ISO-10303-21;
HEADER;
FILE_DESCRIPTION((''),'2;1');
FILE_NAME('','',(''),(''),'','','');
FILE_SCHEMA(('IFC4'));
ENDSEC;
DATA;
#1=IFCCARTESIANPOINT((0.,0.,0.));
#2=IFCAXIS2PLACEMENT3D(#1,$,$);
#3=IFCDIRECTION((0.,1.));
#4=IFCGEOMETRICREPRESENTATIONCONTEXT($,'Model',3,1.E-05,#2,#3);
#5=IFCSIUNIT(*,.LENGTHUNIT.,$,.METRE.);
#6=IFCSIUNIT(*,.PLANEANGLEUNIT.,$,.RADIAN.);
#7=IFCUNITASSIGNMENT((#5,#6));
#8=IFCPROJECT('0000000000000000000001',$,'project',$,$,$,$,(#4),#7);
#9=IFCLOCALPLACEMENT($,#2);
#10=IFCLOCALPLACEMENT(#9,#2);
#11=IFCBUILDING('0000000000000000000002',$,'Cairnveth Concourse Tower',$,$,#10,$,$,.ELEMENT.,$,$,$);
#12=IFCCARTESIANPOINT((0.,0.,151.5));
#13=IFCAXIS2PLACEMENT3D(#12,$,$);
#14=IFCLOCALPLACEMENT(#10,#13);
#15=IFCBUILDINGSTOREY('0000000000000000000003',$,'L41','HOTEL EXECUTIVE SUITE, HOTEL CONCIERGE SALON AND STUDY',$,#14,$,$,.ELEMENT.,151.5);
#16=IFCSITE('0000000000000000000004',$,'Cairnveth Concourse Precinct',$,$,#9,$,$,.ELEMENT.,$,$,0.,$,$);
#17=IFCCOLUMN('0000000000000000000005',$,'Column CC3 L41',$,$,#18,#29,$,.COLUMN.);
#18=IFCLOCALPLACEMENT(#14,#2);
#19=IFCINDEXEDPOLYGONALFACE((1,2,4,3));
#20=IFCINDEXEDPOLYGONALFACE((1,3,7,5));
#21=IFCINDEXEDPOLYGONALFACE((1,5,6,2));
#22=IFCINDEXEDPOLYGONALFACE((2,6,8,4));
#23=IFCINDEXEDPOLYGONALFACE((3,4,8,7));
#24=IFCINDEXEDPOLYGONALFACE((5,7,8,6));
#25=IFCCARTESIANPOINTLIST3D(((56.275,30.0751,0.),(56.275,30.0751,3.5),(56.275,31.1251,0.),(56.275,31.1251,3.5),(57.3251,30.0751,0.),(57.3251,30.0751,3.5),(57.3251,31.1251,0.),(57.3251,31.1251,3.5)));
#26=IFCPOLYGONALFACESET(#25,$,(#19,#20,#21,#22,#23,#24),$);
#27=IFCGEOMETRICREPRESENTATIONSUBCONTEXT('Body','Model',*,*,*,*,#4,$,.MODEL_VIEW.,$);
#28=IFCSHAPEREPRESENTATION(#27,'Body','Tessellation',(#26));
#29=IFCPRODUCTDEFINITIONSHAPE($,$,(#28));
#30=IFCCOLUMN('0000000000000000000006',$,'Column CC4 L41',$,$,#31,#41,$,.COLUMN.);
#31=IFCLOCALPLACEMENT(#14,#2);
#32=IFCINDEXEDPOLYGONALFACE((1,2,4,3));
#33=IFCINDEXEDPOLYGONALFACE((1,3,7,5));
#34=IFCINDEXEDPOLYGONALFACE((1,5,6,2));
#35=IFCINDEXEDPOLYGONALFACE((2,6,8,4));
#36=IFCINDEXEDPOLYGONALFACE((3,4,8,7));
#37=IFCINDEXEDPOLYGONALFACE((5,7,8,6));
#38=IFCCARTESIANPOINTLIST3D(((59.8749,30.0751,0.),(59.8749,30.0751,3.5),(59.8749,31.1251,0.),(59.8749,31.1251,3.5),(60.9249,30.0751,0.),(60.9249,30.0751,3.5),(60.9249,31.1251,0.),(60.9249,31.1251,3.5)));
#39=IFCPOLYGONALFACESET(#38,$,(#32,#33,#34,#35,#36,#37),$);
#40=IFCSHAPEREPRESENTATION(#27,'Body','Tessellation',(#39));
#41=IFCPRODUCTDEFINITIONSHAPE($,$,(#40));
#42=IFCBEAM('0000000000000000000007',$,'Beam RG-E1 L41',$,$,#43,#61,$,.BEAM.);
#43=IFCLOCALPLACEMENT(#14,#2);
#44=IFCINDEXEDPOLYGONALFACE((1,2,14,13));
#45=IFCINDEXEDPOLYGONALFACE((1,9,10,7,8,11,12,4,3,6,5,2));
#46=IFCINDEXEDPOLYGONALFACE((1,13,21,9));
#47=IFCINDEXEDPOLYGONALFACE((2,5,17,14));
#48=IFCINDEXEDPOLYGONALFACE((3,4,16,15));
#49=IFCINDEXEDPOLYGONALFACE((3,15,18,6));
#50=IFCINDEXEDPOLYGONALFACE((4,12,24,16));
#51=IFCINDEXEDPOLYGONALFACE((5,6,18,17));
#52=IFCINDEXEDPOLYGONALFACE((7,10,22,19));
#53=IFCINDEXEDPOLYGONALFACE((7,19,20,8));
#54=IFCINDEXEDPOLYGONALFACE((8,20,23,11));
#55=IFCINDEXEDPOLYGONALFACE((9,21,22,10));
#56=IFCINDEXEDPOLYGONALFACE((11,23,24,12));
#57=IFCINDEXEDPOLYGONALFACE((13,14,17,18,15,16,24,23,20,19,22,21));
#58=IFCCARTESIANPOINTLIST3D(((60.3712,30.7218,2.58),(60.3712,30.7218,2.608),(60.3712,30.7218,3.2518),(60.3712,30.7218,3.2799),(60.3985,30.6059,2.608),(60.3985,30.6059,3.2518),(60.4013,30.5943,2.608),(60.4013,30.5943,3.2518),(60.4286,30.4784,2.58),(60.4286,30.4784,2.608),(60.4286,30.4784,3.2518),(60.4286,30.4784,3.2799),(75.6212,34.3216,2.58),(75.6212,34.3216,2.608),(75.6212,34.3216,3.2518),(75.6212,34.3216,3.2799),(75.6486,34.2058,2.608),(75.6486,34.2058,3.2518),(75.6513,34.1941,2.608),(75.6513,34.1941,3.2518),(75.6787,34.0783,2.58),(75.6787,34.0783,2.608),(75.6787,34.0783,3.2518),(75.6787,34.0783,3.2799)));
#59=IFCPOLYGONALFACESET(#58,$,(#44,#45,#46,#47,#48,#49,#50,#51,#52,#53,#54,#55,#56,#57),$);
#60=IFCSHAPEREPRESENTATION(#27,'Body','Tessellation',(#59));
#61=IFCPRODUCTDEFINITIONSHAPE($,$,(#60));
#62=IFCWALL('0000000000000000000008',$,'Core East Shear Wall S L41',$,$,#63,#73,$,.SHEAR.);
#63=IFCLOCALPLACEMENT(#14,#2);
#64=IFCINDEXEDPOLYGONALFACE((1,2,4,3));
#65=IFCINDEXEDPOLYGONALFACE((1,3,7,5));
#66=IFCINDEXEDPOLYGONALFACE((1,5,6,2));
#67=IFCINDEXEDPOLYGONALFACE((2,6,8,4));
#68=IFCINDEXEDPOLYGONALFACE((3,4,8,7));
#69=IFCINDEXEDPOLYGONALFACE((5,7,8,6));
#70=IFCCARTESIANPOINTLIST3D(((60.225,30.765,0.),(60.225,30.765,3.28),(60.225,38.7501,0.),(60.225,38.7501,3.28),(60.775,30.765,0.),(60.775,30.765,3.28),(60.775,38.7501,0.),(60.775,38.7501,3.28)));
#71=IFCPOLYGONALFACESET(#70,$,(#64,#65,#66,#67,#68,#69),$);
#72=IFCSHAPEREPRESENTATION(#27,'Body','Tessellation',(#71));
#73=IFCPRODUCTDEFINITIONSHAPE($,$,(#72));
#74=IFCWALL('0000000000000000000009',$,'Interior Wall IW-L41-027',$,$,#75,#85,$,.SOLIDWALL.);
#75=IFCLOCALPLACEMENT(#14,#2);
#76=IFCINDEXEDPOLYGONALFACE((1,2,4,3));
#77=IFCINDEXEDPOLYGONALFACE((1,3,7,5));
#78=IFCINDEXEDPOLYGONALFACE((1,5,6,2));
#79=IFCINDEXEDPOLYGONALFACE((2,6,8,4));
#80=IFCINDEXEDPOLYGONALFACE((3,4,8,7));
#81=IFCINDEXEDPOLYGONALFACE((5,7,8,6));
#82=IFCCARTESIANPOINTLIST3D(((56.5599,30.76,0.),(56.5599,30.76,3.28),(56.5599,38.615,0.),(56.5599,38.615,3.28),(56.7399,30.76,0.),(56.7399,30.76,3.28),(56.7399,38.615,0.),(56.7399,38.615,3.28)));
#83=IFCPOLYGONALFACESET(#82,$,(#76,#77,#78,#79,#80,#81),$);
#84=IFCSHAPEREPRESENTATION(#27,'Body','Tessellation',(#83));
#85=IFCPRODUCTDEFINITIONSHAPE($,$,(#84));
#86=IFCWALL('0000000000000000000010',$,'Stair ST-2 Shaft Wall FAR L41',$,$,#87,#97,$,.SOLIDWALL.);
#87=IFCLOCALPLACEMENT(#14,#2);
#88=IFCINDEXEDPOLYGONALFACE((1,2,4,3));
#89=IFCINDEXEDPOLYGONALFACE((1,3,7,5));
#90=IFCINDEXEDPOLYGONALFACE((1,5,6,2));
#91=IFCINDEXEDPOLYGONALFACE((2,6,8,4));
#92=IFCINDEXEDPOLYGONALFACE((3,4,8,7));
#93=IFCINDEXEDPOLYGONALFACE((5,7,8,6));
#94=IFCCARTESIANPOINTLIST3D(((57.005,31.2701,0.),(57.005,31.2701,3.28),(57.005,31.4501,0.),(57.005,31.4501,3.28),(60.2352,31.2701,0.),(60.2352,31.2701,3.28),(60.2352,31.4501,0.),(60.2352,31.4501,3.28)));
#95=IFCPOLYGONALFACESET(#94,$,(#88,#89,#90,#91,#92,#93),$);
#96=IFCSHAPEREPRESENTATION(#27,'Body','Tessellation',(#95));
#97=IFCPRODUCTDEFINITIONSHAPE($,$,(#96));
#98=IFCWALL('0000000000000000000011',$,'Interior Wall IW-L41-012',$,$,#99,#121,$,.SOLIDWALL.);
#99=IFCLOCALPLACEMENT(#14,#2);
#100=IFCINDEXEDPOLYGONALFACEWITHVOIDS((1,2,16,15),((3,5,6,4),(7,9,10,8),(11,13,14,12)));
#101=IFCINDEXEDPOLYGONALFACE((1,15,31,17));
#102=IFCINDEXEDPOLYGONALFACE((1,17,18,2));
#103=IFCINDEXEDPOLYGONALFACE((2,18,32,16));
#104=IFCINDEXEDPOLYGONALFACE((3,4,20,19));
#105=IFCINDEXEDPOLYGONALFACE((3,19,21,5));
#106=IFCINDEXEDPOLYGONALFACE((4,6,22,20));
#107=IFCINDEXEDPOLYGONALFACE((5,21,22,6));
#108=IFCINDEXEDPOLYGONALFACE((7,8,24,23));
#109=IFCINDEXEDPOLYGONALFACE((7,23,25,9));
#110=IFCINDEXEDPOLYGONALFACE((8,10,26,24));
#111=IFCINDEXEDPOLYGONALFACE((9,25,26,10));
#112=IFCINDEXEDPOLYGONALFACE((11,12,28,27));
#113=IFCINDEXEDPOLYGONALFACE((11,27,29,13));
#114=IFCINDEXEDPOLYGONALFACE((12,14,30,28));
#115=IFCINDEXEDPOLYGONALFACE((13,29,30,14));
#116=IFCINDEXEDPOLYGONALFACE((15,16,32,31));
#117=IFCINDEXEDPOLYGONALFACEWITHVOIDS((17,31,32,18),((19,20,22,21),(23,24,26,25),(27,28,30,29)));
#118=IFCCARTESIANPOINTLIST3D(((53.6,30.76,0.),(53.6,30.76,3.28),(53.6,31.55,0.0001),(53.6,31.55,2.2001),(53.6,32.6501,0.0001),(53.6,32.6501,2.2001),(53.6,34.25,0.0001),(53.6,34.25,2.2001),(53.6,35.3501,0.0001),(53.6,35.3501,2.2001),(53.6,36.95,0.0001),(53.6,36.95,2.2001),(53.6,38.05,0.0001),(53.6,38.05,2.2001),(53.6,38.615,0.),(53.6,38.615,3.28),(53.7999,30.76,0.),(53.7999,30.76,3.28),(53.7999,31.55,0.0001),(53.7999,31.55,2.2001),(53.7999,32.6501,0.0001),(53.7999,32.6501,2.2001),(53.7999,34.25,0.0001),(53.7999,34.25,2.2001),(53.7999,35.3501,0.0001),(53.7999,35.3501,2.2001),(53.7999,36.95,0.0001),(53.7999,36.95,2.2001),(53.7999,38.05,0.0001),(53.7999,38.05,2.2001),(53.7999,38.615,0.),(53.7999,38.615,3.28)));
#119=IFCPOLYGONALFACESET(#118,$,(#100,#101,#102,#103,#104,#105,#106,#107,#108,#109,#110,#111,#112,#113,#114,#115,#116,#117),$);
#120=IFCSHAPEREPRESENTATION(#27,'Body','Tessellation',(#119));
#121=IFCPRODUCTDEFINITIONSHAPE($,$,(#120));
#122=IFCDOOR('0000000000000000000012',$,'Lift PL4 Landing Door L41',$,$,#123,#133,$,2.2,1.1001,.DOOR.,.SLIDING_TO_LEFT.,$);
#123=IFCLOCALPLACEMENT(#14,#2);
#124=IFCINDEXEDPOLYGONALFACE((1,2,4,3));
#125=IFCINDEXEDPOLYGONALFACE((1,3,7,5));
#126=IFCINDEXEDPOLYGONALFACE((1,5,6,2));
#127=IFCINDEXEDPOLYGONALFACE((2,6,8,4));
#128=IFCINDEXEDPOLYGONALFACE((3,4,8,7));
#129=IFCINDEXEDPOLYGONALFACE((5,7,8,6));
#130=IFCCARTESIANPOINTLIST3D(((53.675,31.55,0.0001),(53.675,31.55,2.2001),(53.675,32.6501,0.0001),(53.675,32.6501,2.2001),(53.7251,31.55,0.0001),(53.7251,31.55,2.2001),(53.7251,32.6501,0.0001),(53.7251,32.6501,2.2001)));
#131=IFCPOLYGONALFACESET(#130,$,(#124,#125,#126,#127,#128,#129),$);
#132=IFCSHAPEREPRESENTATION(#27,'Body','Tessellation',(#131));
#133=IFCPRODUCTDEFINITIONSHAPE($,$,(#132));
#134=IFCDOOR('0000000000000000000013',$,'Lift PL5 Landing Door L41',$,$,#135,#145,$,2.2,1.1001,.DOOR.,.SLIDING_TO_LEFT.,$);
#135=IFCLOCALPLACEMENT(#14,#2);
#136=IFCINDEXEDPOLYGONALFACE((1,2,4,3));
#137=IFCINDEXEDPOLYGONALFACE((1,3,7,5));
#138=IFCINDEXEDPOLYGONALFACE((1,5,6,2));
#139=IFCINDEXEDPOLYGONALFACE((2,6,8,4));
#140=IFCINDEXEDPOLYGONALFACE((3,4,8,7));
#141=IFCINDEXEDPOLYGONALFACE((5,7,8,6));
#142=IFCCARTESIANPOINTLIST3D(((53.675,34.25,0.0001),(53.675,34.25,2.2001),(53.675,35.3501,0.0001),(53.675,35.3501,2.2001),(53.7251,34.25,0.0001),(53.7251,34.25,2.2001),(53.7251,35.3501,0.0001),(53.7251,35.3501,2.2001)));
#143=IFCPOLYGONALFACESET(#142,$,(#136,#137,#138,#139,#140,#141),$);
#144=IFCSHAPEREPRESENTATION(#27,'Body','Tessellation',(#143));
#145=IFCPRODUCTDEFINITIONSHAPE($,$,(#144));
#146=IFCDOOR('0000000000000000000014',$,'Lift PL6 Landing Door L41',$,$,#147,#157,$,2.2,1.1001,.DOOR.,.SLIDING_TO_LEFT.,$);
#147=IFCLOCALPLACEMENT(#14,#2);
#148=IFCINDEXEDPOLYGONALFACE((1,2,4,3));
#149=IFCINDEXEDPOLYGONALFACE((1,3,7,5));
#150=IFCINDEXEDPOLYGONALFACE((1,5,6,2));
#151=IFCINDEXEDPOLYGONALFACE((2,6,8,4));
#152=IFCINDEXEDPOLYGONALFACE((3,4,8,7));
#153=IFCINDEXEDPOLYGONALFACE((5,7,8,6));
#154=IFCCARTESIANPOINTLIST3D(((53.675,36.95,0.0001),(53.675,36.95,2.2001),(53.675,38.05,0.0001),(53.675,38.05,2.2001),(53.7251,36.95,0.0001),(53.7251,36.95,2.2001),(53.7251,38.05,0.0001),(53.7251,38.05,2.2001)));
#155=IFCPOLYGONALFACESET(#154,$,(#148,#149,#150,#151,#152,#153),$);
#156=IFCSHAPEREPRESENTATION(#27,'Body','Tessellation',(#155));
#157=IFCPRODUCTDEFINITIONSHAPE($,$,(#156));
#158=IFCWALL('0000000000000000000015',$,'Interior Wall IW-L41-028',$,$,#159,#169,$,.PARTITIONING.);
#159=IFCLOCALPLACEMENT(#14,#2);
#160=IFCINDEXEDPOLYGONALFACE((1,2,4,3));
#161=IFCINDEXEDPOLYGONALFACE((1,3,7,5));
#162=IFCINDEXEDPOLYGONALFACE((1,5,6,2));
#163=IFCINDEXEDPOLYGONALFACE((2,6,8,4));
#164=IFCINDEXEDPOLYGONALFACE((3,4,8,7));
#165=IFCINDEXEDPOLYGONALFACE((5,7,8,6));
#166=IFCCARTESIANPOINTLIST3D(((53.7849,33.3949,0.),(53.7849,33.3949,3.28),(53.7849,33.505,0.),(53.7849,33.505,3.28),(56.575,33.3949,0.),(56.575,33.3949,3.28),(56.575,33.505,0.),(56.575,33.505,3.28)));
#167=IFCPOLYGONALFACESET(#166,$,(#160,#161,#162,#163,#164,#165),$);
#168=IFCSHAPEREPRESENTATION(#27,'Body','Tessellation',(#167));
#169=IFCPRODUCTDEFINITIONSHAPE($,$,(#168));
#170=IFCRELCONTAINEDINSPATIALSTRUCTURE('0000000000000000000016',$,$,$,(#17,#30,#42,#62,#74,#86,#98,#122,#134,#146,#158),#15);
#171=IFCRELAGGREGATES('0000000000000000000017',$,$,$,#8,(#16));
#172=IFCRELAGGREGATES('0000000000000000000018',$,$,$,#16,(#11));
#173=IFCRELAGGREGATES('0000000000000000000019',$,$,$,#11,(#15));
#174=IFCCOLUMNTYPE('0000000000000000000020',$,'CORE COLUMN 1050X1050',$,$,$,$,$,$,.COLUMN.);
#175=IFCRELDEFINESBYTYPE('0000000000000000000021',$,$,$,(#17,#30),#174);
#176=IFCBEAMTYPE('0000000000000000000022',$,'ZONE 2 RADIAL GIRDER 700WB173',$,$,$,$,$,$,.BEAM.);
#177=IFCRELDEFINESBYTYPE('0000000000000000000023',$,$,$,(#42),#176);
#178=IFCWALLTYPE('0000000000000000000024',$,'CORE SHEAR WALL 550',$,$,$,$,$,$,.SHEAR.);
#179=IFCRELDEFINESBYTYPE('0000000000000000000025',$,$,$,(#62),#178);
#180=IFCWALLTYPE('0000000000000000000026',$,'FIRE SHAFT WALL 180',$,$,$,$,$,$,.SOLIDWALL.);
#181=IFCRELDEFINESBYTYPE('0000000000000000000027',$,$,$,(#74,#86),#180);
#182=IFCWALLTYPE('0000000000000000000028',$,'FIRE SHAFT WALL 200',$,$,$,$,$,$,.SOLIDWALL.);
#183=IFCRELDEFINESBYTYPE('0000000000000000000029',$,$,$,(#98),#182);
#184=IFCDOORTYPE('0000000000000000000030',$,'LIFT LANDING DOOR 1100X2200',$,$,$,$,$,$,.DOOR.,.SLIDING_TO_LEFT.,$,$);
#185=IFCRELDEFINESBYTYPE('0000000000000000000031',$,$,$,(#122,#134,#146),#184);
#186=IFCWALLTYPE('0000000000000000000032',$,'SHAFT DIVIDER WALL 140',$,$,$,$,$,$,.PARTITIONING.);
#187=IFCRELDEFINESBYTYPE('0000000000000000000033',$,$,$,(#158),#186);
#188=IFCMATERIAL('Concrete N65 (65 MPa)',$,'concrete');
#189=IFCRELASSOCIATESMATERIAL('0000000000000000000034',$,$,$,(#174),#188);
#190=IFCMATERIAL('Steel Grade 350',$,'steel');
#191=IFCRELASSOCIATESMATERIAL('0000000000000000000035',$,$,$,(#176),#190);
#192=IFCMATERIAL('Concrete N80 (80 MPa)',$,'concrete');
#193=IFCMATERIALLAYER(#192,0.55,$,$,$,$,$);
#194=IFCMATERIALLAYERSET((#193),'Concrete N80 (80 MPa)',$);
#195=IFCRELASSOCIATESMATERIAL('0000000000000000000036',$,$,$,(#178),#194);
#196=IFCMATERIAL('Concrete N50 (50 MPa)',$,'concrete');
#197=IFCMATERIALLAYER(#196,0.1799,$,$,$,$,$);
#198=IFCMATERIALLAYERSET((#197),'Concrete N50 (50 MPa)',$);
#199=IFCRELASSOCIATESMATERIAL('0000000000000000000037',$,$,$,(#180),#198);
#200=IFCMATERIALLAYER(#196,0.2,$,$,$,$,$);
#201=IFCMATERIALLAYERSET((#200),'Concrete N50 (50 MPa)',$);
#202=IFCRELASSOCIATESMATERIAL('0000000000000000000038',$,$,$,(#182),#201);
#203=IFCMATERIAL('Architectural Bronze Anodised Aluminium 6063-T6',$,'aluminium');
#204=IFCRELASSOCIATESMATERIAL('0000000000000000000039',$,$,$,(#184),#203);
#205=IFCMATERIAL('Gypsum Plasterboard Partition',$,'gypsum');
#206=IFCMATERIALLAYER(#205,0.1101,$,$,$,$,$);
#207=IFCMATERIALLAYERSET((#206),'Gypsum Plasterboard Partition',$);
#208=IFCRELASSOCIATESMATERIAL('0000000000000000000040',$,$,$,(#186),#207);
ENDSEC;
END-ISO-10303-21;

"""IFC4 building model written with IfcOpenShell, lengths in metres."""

from ifc_helpers import new_model, si_unit, direction, frame, frame_2d, origin, origin_2d, place, context, subcontext, project, spatial, rectangle, i_section, extrude, material, layer, layer_set, material_profile, profile_set, type_object, element, fill, save


model = new_model("IFC4")

# Units and contexts
model_context = context("Model", 3, precision=1e-05, world=origin(), true_north=direction((0.0, 1.0)))
body_context = subcontext(model_context, "Body", "Model", "MODEL_VIEW")
ifc_project = project(units=[si_unit("LENGTHUNIT", "METRE"), si_unit("PLANEANGLEUNIT", "RADIAN")], contexts=[model_context])

# Site, building, storey
site_placement = place(None, origin())
site = spatial("IfcSite", under=ifc_project, at=site_placement, Name="Cairnveth Concourse Precinct", CompositionType="ELEMENT", RefElevation=0.0)
building_placement = place(site_placement, origin())
building = spatial("IfcBuilding", under=site, at=building_placement, Name="Cairnveth Concourse Tower", CompositionType="ELEMENT")
storey_placement = place(building_placement, frame((0.0, 0.0, 151.5)))
storey = spatial("IfcBuildingStorey", under=building, at=storey_placement, Name="L41", Description="HOTEL EXECUTIVE SUITE, HOTEL CONCIERGE SALON AND STUDY", CompositionType="ELEMENT", Elevation=151.5)

# Columns
ifc_material_1 = material(Name="Concrete N65 (65 MPa)", Category="concrete")
ifc_material_profile_1 = material_profile(ifc_material_1, rectangle(XDim=1.05, YDim=1.05, at=origin_2d()), Name="RC-COL-1050x1050")
ifc_profile_set_1 = profile_set([ifc_material_profile_1], Name="Concrete N65 (65 MPa)")
column_type = type_object("IfcColumnType", Name="CORE COLUMN 1050X1050", PredefinedType="COLUMN", material=ifc_profile_set_1)
for number, where, z_axis, x_axis, name in (
    (1, (56.8, 30.6001, 0.0), (0.0, 0.0, 1.0), (1.0, 0.0, 0.0), "Column CC3 L41"),
    (2, (60.3999, 30.6001, 0.0), (0.0, 0.0, 1.0), (1.0, 0.0, 0.0), "Column CC4 L41"),
):
    element("IfcColumn", number, at=place(storey_placement, frame(where, z_axis=z_axis, x_axis=x_axis)), inside=storey, type_object=column_type, Name=name, PredefinedType="COLUMN", context=body_context, shape_type="SweptSolid", body=[
        extrude(rectangle(XDim=1.05, YDim=1.05, at=origin_2d()), origin(), (0.0, 0.0, 1.0), 3.5),
    ])

# Beam
ifc_material_2 = material(Name="Steel Grade 350", Category="steel")
ifc_material_profile_2 = material_profile(ifc_material_2, i_section(OverallWidth=0.25, OverallDepth=0.7, WebThickness=0.012, FlangeThickness=0.0281, at=origin_2d()), Name="700WB173")
ifc_profile_set_2 = profile_set([ifc_material_profile_2], Name="Steel Grade 350")
beam_type = type_object("IfcBeamType", Name="ZONE 2 RADIAL GIRDER 700WB173", PredefinedType="BEAM", material=ifc_profile_set_2)
beam_placement = place(storey_placement, frame((60.3999, 30.6001, 2.9299), z_axis=(0.973252, 0.229742, 0.0), x_axis=(-0.229742, 0.973252, 0.0)))
element("IfcBeam", 3, at=beam_placement, inside=storey, type_object=beam_type, Name="Beam RG-E1 L41", PredefinedType="BEAM", context=body_context, shape_type="SweptSolid", body=[
    extrude(i_section(OverallWidth=0.25, OverallDepth=0.7, WebThickness=0.012, FlangeThickness=0.0281, at=origin_2d()), origin(), (0.0, 0.0, 1.0), 15.6692),
])

# Walls
ifc_material_3 = material(Name="Concrete N80 (80 MPa)", Category="concrete")
ifc_layer_1 = layer(ifc_material_3, 0.55)
ifc_layer_set_1 = layer_set([ifc_layer_1], Name="Concrete N80 (80 MPa)")
wall_type_1 = type_object("IfcWallType", Name="CORE SHEAR WALL 550", PredefinedType="SHEAR", material=ifc_layer_set_1)
wall_1_placement = place(storey_placement, frame((60.5, 30.7649, 0.0), z_axis=(0.0, 0.0, 1.0), x_axis=(0.0, 1.0, 0.0)))
element("IfcWall", 4, at=wall_1_placement, inside=storey, type_object=wall_type_1, Name="Core East Shear Wall S L41", PredefinedType="SHEAR", context=body_context, shape_type="SweptSolid", body=[
    extrude(rectangle(XDim=7.9851, YDim=0.55, at=frame_2d((3.9927, 0.0))), origin(), (0.0, 0.0, 1.0), 3.28),
])
ifc_material_4 = material(Name="Concrete N50 (50 MPa)", Category="concrete")
ifc_layer_2 = layer(ifc_material_4, 0.1799)
ifc_layer_set_2 = layer_set([ifc_layer_2], Name="Concrete N50 (50 MPa)")
wall_type_2 = type_object("IfcWallType", Name="FIRE SHAFT WALL 180", PredefinedType="SOLIDWALL", material=ifc_layer_set_2)
wall_2_placement = place(storey_placement, frame((56.6499, 30.76, 0.0), z_axis=(0.0, 0.0, 1.0), x_axis=(0.0, 1.0, 0.0)))
element("IfcWall", 5, at=wall_2_placement, inside=storey, type_object=wall_type_2, Name="Interior Wall IW-L41-027", PredefinedType="SOLIDWALL", context=body_context, shape_type="SweptSolid", body=[
    extrude(rectangle(XDim=7.855, YDim=0.1799, at=frame_2d((3.9275, 0.0))), origin(), (0.0, 0.0, 1.0), 3.28),
])
wall_3_placement = place(storey_placement, frame((57.0049, 31.3601, 0.0), z_axis=(0.0, 0.0, 1.0), x_axis=(1.0, 0.0, 0.0)))
element("IfcWall", 6, at=wall_3_placement, inside=storey, type_object=wall_type_2, Name="Stair ST-2 Shaft Wall FAR L41", PredefinedType="SOLIDWALL", context=body_context, shape_type="SweptSolid", body=[
    extrude(rectangle(XDim=3.2302, YDim=0.1799, at=frame_2d((1.6152, 0.0))), origin(), (0.0, 0.0, 1.0), 3.28),
])

# Wall, openings, doors
ifc_layer_3 = layer(ifc_material_4, 0.2)
ifc_layer_set_3 = layer_set([ifc_layer_3], Name="Concrete N50 (50 MPa)")
wall_type_3 = type_object("IfcWallType", Name="FIRE SHAFT WALL 200", PredefinedType="SOLIDWALL", material=ifc_layer_set_3)
wall_4_placement = place(storey_placement, frame((53.7, 30.76, 0.0), z_axis=(0.0, 0.0, 1.0), x_axis=(0.0, 1.0, 0.0)))
wall_4 = element("IfcWall", 7, at=wall_4_placement, inside=storey, type_object=wall_type_3, Name="Interior Wall IW-L41-012", PredefinedType="SOLIDWALL", context=body_context, shape_type="SweptSolid", body=[
    extrude(rectangle(XDim=7.855, YDim=0.2, at=frame_2d((3.9275, 0.0))), origin(), (0.0, 0.0, 1.0), 3.28),
])
opening_1_placement = place(wall_4_placement, frame((0.79, 0.0, 0.0)))
opening_1 = element("IfcOpeningElement", 8, at=opening_1_placement, cuts=wall_4, PredefinedType="OPENING", context=body_context, shape_type="SweptSolid", body=[
    extrude(rectangle(XDim=1.1001, YDim=2.2, at=frame_2d((0.55, 1.1001))), frame((0.0, 0.1099, 0.0), z_axis=(0.0, -1.0, 0.0), x_axis=(1.0, 0.0, 0.0)), (0.0, 0.0, 1.0), 0.22),
])
opening_2_placement = place(wall_4_placement, frame((3.49, 0.0, 0.0)))
opening_2 = element("IfcOpeningElement", 9, at=opening_2_placement, cuts=wall_4, PredefinedType="OPENING", context=body_context, shape_type="SweptSolid", body=[
    extrude(rectangle(XDim=1.1001, YDim=2.2, at=frame_2d((0.55, 1.1001))), frame((0.0, 0.1099, 0.0), z_axis=(0.0, -1.0, 0.0), x_axis=(1.0, 0.0, 0.0)), (0.0, 0.0, 1.0), 0.22),
])
opening_3_placement = place(wall_4_placement, frame((6.1899, 0.0, 0.0)))
opening_3 = element("IfcOpeningElement", 10, at=opening_3_placement, cuts=wall_4, PredefinedType="OPENING", context=body_context, shape_type="SweptSolid", body=[
    extrude(rectangle(XDim=1.1001, YDim=2.2, at=frame_2d((0.55, 1.1001))), frame((0.0, 0.1099, 0.0), z_axis=(0.0, -1.0, 0.0), x_axis=(1.0, 0.0, 0.0)), (0.0, 0.0, 1.0), 0.22),
])
ifc_material_5 = material(Name="Architectural Bronze Anodised Aluminium 6063-T6", Category="aluminium")
door_type_1 = type_object("IfcDoorType", Name="LIFT LANDING DOOR 1100X2200", OperationType="SLIDING_TO_LEFT", PredefinedType="DOOR", material=ifc_material_5)
door_1_placement = place(opening_1_placement, origin())
door_1 = element("IfcDoor", 11, at=door_1_placement, inside=storey, type_object=door_type_1, Name="Lift PL4 Landing Door L41", OperationType="SLIDING_TO_LEFT", OverallHeight=2.2, OverallWidth=1.1001, PredefinedType="DOOR", context=body_context, shape_type="SweptSolid", body=[
    extrude(rectangle(XDim=1.1001, YDim=2.2, at=frame_2d((0.55, 1.1001))), frame((0.0, 0.0249, 0.0), z_axis=(0.0, -1.0, 0.0), x_axis=(1.0, 0.0, 0.0)), (0.0, 0.0, 1.0), 0.05),
])
fill(opening_1, door_1)
door_2_placement = place(opening_2_placement, origin())
door_2 = element("IfcDoor", 12, at=door_2_placement, inside=storey, type_object=door_type_1, Name="Lift PL5 Landing Door L41", OperationType="SLIDING_TO_LEFT", OverallHeight=2.2, OverallWidth=1.1001, PredefinedType="DOOR", context=body_context, shape_type="SweptSolid", body=[
    extrude(rectangle(XDim=1.1001, YDim=2.2, at=frame_2d((0.55, 1.1001))), frame((0.0, 0.0249, 0.0), z_axis=(0.0, -1.0, 0.0), x_axis=(1.0, 0.0, 0.0)), (0.0, 0.0, 1.0), 0.05),
])
fill(opening_2, door_2)
door_3_placement = place(opening_3_placement, origin())
door_3 = element("IfcDoor", 13, at=door_3_placement, inside=storey, type_object=door_type_1, Name="Lift PL6 Landing Door L41", OperationType="SLIDING_TO_LEFT", OverallHeight=2.2, OverallWidth=1.1001, PredefinedType="DOOR", context=body_context, shape_type="SweptSolid", body=[
    extrude(rectangle(XDim=1.1001, YDim=2.2, at=frame_2d((0.55, 1.1001))), frame((0.0, 0.0249, 0.0), z_axis=(0.0, -1.0, 0.0), x_axis=(1.0, 0.0, 0.0)), (0.0, 0.0, 1.0), 0.05),
])
fill(opening_3, door_3)

# Wall
ifc_material_6 = material(Name="Gypsum Plasterboard Partition", Category="gypsum")
ifc_layer_4 = layer(ifc_material_6, 0.1101)
ifc_layer_set_4 = layer_set([ifc_layer_4], Name="Gypsum Plasterboard Partition")
wall_type_4 = type_object("IfcWallType", Name="SHAFT DIVIDER WALL 140", PredefinedType="PARTITIONING", material=ifc_layer_set_4)
wall_5_placement = place(storey_placement, frame((53.7849, 33.45, 0.0), z_axis=(0.0, 0.0, 1.0), x_axis=(1.0, 0.0, 0.0)))
element("IfcWall", 14, at=wall_5_placement, inside=storey, type_object=wall_type_4, Name="Interior Wall IW-L41-028", PredefinedType="PARTITIONING", context=body_context, shape_type="SweptSolid", body=[
    extrude(rectangle(XDim=2.79, YDim=0.1101, at=frame_2d((1.395, 0.0))), origin(), (0.0, 0.0, 1.0), 3.28),
])

save(model, "model.ifc")
